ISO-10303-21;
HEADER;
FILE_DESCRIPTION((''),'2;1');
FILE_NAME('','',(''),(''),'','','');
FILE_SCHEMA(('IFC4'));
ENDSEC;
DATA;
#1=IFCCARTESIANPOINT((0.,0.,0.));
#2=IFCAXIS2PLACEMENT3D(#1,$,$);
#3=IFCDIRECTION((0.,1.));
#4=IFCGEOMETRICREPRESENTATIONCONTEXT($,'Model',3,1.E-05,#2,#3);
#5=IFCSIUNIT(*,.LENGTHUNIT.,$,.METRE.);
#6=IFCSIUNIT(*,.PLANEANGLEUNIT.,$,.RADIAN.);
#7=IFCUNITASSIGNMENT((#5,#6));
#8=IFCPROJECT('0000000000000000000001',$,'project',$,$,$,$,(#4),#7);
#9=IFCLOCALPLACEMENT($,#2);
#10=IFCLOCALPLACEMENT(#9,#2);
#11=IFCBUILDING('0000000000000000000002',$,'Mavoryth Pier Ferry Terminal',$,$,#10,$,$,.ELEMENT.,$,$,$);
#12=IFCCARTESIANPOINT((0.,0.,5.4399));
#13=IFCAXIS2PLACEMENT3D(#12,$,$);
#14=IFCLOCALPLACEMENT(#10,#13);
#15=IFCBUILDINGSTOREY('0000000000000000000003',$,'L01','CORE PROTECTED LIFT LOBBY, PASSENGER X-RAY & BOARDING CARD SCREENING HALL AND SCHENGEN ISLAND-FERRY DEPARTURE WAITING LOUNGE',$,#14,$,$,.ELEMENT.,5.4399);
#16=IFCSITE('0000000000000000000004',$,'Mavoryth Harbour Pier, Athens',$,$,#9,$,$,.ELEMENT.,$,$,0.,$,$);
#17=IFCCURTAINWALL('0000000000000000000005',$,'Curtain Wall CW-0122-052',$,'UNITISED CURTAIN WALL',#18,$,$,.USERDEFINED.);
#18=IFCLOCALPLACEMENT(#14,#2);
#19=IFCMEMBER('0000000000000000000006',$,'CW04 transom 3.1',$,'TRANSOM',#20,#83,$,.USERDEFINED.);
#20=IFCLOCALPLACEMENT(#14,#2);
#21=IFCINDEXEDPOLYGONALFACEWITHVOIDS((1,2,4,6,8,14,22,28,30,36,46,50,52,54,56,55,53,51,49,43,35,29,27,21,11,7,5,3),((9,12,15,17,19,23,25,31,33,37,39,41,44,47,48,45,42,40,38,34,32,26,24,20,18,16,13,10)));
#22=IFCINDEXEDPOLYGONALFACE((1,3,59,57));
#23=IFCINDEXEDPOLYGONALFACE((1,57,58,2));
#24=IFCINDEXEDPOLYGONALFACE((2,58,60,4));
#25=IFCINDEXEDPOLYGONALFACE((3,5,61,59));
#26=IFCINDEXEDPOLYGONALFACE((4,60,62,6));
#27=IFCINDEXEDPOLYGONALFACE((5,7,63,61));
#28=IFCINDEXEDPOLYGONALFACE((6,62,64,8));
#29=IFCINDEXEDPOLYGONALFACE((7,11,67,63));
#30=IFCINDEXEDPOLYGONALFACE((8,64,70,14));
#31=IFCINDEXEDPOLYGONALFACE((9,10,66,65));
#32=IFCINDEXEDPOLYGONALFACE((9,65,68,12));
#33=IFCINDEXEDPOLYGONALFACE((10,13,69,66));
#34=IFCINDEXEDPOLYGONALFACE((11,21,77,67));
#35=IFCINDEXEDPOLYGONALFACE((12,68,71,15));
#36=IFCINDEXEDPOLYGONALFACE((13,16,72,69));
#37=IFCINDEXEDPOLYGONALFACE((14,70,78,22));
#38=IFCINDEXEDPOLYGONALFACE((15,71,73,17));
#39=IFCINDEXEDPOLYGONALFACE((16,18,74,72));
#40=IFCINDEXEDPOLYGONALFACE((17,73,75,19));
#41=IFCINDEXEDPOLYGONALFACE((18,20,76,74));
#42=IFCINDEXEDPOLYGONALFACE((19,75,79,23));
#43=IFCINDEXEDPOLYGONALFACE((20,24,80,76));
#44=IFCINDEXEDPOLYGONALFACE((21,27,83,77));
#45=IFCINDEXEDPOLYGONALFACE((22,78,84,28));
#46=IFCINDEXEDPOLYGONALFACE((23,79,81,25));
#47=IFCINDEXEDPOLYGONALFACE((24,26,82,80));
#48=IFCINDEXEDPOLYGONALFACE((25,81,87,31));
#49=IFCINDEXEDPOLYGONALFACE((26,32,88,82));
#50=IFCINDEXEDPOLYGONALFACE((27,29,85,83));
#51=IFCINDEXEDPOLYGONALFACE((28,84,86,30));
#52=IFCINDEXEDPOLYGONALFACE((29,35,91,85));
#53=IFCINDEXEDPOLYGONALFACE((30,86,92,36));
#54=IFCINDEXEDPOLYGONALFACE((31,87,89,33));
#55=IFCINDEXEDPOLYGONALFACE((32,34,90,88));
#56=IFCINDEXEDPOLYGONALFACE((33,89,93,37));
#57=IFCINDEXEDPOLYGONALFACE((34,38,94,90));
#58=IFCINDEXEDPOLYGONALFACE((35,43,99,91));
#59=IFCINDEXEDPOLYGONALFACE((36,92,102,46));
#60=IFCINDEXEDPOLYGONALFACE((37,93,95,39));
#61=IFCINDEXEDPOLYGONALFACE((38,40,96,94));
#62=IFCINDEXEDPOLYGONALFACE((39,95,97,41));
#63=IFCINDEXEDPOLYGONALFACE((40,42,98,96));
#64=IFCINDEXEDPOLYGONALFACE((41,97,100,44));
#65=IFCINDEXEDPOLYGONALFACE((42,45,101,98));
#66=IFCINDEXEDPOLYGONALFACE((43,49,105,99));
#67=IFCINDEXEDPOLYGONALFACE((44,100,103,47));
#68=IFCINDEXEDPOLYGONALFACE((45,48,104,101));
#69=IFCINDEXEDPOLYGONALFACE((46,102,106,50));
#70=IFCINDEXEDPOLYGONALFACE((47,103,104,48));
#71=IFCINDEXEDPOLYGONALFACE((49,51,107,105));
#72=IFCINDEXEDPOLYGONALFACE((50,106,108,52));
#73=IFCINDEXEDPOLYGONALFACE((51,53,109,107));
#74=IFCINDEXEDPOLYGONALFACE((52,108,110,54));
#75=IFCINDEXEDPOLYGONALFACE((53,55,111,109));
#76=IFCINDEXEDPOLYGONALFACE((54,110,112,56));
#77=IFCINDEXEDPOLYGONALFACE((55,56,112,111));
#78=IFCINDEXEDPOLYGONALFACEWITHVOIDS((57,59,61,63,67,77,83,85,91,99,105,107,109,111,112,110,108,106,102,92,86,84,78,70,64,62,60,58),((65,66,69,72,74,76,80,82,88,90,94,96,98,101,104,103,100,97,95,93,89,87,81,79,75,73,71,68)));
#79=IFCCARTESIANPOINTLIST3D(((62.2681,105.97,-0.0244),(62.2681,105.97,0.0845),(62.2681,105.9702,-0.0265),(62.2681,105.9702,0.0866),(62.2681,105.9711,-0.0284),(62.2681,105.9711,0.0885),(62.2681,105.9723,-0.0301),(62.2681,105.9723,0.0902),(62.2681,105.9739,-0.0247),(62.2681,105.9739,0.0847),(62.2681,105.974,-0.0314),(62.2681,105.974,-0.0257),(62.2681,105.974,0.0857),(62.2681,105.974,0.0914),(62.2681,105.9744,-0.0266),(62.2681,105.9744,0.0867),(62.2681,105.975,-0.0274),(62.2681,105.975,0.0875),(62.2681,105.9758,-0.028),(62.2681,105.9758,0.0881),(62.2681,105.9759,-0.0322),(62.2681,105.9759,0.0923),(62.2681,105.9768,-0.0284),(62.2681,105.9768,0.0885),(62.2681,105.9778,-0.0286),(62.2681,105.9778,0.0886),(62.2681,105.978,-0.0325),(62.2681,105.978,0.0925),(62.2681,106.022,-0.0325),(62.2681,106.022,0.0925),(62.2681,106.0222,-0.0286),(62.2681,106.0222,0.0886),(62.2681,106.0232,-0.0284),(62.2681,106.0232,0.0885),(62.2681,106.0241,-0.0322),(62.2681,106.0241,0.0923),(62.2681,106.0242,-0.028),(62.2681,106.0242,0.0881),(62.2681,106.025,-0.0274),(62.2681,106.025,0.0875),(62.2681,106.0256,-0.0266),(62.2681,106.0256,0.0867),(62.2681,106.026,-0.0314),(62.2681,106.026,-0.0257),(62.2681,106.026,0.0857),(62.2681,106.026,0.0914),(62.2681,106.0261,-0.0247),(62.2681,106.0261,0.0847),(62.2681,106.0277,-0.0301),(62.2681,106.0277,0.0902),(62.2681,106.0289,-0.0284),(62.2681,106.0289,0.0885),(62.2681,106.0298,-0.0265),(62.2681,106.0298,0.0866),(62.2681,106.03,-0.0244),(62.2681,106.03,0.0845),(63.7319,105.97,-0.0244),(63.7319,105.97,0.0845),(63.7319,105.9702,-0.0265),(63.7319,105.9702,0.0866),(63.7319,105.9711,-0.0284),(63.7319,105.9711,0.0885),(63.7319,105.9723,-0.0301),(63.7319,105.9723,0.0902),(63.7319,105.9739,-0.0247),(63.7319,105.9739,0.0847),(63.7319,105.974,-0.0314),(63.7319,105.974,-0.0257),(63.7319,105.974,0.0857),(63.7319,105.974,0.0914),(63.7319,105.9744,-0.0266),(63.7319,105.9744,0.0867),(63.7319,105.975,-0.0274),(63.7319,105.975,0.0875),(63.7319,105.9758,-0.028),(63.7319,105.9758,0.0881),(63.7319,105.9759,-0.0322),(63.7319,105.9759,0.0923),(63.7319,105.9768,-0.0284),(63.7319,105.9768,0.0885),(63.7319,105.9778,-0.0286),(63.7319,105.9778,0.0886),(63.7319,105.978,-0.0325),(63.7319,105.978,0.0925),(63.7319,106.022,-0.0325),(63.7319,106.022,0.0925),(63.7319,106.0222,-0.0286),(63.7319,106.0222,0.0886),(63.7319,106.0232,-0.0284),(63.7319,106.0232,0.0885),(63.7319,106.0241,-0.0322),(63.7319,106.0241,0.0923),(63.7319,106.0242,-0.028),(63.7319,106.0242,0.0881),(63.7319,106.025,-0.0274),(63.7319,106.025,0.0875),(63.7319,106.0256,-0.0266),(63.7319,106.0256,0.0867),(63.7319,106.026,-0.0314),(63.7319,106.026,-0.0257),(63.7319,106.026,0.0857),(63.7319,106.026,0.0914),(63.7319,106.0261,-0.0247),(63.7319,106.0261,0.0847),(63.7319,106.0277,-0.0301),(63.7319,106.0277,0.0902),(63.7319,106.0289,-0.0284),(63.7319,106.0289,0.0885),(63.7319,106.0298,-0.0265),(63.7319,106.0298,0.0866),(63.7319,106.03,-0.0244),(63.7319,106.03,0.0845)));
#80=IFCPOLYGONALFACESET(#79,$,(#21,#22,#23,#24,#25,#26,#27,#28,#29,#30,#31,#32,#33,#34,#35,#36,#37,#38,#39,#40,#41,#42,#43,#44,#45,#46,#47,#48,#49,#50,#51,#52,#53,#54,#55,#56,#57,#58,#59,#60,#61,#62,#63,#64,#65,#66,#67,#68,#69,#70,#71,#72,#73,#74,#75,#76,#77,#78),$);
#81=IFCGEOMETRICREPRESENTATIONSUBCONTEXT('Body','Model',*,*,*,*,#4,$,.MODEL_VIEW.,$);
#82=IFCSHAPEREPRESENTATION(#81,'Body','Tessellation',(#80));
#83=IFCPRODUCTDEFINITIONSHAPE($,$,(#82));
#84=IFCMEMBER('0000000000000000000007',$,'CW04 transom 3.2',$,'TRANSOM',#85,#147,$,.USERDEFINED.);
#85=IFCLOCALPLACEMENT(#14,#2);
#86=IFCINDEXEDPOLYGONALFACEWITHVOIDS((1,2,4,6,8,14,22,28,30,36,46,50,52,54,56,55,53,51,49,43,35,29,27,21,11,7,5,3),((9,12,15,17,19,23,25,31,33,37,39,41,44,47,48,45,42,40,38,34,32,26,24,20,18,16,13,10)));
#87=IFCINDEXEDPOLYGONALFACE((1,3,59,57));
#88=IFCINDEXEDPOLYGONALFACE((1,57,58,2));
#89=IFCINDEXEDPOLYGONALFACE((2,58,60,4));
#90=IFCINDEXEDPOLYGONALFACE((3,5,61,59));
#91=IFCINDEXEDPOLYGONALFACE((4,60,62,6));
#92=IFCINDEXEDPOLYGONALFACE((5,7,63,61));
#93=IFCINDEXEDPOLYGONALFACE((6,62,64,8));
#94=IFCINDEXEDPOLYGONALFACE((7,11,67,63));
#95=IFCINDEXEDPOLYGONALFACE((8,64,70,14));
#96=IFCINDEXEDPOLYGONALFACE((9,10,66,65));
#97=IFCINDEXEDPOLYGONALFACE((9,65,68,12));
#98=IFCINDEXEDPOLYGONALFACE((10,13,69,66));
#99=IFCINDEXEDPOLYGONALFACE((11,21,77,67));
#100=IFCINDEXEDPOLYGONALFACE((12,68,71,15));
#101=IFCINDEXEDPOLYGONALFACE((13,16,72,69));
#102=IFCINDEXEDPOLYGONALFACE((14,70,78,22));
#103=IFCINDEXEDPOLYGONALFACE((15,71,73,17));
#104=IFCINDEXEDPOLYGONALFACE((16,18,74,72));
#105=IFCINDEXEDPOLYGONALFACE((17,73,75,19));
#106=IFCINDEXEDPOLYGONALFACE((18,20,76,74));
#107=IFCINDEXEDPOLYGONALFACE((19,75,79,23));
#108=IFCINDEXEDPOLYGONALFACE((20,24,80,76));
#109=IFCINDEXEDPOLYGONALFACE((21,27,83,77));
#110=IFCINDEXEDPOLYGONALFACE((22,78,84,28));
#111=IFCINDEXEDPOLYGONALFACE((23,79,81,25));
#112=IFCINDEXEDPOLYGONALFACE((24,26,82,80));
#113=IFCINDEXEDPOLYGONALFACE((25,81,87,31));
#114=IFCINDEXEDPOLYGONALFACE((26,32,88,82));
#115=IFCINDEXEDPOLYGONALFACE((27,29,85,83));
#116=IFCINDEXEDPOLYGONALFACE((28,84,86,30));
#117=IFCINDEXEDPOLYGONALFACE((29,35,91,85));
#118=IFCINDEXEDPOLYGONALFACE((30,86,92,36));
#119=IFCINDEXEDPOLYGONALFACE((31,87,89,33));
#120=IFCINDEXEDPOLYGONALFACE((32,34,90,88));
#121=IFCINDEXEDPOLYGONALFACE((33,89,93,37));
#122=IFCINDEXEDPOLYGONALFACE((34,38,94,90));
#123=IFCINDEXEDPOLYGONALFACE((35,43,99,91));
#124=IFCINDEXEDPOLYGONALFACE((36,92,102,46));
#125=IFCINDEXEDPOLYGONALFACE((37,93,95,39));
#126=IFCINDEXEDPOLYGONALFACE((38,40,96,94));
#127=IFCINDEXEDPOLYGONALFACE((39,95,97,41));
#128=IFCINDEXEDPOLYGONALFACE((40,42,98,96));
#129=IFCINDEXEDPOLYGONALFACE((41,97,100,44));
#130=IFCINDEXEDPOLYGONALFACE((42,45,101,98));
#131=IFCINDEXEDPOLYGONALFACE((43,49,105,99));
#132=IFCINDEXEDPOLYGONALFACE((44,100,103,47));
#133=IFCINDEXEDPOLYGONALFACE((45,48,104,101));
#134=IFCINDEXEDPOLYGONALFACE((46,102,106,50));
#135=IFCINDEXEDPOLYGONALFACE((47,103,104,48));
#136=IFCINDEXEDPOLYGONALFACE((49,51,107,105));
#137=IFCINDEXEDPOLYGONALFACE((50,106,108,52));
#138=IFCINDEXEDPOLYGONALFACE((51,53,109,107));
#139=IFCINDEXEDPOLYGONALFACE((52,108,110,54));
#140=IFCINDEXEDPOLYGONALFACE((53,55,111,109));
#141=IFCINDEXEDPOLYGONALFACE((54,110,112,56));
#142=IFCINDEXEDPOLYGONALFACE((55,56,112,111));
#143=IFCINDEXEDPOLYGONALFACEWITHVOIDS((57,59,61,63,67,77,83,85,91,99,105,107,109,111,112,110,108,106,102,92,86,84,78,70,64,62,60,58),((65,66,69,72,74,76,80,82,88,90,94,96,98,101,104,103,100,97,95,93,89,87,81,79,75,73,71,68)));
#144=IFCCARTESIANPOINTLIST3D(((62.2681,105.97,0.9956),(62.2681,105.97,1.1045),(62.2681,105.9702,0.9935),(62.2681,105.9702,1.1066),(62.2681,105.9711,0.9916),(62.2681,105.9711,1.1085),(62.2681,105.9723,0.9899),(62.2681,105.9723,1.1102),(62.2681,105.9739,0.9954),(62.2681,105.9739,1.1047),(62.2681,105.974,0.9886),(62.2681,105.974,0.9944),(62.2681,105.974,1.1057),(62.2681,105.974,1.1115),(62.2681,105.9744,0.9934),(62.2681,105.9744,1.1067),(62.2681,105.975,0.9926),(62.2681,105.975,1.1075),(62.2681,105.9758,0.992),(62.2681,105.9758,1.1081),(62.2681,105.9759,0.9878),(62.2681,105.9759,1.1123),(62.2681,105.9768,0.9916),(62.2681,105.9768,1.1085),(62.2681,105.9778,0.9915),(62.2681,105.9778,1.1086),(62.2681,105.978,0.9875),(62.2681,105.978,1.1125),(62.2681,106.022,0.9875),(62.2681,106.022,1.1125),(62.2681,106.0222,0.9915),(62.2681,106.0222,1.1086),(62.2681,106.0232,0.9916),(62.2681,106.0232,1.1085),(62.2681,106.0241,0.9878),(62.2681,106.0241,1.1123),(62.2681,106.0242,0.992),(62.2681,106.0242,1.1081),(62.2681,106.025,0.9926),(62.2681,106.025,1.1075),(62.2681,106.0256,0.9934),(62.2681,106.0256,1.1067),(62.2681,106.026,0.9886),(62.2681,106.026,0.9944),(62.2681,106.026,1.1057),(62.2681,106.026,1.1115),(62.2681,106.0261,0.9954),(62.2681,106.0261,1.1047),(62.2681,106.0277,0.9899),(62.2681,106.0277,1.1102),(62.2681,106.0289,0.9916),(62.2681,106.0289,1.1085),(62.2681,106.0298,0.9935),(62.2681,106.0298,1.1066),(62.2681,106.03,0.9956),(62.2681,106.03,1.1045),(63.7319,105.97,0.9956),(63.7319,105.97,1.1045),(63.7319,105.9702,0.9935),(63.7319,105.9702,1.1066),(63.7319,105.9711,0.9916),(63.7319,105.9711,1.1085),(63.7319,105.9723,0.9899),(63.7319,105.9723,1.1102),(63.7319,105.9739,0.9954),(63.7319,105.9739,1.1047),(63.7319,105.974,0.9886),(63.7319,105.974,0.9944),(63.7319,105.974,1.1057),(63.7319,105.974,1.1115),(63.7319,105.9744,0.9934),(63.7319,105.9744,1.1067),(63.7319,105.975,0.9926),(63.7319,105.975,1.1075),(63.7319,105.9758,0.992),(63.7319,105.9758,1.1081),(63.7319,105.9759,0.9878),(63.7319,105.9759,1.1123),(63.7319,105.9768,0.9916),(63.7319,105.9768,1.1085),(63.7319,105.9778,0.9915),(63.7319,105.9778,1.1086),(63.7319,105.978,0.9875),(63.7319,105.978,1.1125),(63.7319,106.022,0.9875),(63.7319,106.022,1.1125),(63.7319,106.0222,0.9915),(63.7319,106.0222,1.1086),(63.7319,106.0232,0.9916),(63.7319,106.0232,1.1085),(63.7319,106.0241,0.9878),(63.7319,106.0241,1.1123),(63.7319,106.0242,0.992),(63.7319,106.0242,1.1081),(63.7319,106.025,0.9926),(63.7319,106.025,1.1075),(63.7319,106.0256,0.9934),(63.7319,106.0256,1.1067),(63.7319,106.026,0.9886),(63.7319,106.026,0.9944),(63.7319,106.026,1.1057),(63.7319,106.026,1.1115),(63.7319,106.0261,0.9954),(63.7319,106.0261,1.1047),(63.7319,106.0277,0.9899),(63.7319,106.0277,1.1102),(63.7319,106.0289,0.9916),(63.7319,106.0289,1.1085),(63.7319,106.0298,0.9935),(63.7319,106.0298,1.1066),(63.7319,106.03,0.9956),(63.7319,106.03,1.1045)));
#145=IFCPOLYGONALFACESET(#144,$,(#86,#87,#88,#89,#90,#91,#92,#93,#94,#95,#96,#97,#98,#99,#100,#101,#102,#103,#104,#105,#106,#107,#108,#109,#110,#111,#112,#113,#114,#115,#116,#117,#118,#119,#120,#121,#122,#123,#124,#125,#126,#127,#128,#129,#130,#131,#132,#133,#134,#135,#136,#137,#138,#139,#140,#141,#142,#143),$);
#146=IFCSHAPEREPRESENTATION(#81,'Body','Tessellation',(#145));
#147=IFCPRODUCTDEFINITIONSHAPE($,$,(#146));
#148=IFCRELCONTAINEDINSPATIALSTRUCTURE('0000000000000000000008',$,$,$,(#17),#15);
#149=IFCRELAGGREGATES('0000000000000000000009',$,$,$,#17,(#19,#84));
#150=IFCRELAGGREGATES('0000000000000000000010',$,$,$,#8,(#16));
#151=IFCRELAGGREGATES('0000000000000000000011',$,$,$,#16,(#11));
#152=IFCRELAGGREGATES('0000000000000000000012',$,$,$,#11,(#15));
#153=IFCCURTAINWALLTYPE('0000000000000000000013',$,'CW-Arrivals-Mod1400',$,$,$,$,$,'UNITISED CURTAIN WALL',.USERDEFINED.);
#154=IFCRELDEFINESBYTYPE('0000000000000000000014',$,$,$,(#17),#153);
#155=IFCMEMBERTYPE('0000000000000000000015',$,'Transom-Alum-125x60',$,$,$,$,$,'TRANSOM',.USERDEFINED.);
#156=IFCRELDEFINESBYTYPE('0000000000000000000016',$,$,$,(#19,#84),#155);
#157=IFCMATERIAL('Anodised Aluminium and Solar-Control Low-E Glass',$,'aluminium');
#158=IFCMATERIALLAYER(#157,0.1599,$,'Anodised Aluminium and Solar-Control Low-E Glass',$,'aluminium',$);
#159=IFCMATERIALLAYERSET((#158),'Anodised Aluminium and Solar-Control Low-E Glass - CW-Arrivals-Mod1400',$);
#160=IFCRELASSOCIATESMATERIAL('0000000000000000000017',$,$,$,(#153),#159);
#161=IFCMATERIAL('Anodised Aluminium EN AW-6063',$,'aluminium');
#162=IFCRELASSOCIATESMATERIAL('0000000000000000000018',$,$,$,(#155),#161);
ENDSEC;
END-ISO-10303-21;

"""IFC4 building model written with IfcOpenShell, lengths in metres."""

from ifc_helpers import new_model, si_unit, direction, frame, origin, origin_2d, place, context, subcontext, project, spatial, hollow_rectangle, extrude, material, layer, layer_set, material_profile, profile_set, type_object, element, aggregate, save


model = new_model("IFC4")

# Units and contexts
model_context = context("Model", 3, precision=1e-05, world=origin(), true_north=direction((0.0, 1.0)))
body_context = subcontext(model_context, "Body", "Model", "MODEL_VIEW")
ifc_project = project(units=[si_unit("LENGTHUNIT", "METRE"), si_unit("PLANEANGLEUNIT", "RADIAN")], contexts=[model_context])

# Site, building, storey
site_placement = place(None, origin())
site = spatial("IfcSite", under=ifc_project, at=site_placement, Name="Mavoryth Harbour Pier, Athens", CompositionType="ELEMENT", RefElevation=0.0)
building_placement = place(site_placement, origin())
building = spatial("IfcBuilding", under=site, at=building_placement, Name="Mavoryth Pier Ferry Terminal", CompositionType="ELEMENT")
storey_placement = place(building_placement, frame((0.0, 0.0, 5.4399)))
storey = spatial("IfcBuildingStorey", under=building, at=storey_placement, Name="L01", Description="CORE PROTECTED LIFT LOBBY, PASSENGER X-RAY & BOARDING CARD SCREENING HALL AND SCHENGEN ISLAND-FERRY DEPARTURE WAITING LOUNGE", CompositionType="ELEMENT", Elevation=5.4399)

# Curtain wall
ifc_material_1 = material(Name="Anodised Aluminium and Solar-Control Low-E Glass", Category="aluminium")
ifc_layer_1 = layer(ifc_material_1, 0.1599, Name="Anodised Aluminium and Solar-Control Low-E Glass", Category="aluminium")
ifc_layer_set_1 = layer_set([ifc_layer_1], Name="Anodised Aluminium and Solar-Control Low-E Glass - CW-Arrivals-Mod1400")
curtain_wall_type = type_object("IfcCurtainWallType", Name="CW-Arrivals-Mod1400", ElementType="UNITISED CURTAIN WALL", PredefinedType="USERDEFINED", material=ifc_layer_set_1)
curtain_wall_placement = place(storey_placement, origin())
curtain_wall = element("IfcCurtainWall", 1, at=curtain_wall_placement, inside=storey, type_object=curtain_wall_type, Name="Curtain Wall CW-0122-052", ObjectType="UNITISED CURTAIN WALL", PredefinedType="USERDEFINED")
ifc_material_2 = material(Name="Anodised Aluminium EN AW-6063", Category="aluminium")

# Members
ifc_material_profile_1 = material_profile(ifc_material_2, hollow_rectangle(XDim=0.0601, YDim=0.125, WallThickness=0.0039, InnerFilletRadius=0.0039, OuterFilletRadius=0.0081, at=origin_2d()), Name="AL-TRAN 125x60x4", Category="aluminium")
ifc_profile_set_1 = profile_set([ifc_material_profile_1], Name="Anodised Aluminium EN AW-6063 - AL-TRAN 125x60x4")
member_type_1 = type_object("IfcMemberType", Name="Transom-Alum-125x60", ElementType="TRANSOM", PredefinedType="USERDEFINED", material=ifc_profile_set_1)
member_1_placement = place(storey_placement, frame((63.7319, 106.0, 0.03), z_axis=(-1.0, 0.0, 0.0), x_axis=(0.0, -1.0, 0.0)))
member_1 = element("IfcMember", 2, at=member_1_placement, type_object=member_type_1, Name="CW04 transom 3.1", ObjectType="TRANSOM", PredefinedType="USERDEFINED", context=body_context, shape_type="SweptSolid", body=[
    extrude(hollow_rectangle(XDim=0.0601, YDim=0.125, WallThickness=0.0039, InnerFilletRadius=0.0039, OuterFilletRadius=0.0081, at=origin_2d()), origin(), (0.0, 0.0, 1.0), 1.4639),
])
member_2_placement = place(storey_placement, frame((63.7319, 106.0, 1.05), z_axis=(-1.0, 0.0, 0.0), x_axis=(0.0, -1.0, 0.0)))
member_2 = element("IfcMember", 3, at=member_2_placement, type_object=member_type_1, Name="CW04 transom 3.2", ObjectType="TRANSOM", PredefinedType="USERDEFINED", context=body_context, shape_type="SweptSolid", body=[
    extrude(hollow_rectangle(XDim=0.0601, YDim=0.125, WallThickness=0.0039, InnerFilletRadius=0.0039, OuterFilletRadius=0.0081, at=origin_2d()), origin(), (0.0, 0.0, 1.0), 1.4639),
])

aggregate(curtain_wall, [member_1, member_2])

save(model, "model.ifc")
